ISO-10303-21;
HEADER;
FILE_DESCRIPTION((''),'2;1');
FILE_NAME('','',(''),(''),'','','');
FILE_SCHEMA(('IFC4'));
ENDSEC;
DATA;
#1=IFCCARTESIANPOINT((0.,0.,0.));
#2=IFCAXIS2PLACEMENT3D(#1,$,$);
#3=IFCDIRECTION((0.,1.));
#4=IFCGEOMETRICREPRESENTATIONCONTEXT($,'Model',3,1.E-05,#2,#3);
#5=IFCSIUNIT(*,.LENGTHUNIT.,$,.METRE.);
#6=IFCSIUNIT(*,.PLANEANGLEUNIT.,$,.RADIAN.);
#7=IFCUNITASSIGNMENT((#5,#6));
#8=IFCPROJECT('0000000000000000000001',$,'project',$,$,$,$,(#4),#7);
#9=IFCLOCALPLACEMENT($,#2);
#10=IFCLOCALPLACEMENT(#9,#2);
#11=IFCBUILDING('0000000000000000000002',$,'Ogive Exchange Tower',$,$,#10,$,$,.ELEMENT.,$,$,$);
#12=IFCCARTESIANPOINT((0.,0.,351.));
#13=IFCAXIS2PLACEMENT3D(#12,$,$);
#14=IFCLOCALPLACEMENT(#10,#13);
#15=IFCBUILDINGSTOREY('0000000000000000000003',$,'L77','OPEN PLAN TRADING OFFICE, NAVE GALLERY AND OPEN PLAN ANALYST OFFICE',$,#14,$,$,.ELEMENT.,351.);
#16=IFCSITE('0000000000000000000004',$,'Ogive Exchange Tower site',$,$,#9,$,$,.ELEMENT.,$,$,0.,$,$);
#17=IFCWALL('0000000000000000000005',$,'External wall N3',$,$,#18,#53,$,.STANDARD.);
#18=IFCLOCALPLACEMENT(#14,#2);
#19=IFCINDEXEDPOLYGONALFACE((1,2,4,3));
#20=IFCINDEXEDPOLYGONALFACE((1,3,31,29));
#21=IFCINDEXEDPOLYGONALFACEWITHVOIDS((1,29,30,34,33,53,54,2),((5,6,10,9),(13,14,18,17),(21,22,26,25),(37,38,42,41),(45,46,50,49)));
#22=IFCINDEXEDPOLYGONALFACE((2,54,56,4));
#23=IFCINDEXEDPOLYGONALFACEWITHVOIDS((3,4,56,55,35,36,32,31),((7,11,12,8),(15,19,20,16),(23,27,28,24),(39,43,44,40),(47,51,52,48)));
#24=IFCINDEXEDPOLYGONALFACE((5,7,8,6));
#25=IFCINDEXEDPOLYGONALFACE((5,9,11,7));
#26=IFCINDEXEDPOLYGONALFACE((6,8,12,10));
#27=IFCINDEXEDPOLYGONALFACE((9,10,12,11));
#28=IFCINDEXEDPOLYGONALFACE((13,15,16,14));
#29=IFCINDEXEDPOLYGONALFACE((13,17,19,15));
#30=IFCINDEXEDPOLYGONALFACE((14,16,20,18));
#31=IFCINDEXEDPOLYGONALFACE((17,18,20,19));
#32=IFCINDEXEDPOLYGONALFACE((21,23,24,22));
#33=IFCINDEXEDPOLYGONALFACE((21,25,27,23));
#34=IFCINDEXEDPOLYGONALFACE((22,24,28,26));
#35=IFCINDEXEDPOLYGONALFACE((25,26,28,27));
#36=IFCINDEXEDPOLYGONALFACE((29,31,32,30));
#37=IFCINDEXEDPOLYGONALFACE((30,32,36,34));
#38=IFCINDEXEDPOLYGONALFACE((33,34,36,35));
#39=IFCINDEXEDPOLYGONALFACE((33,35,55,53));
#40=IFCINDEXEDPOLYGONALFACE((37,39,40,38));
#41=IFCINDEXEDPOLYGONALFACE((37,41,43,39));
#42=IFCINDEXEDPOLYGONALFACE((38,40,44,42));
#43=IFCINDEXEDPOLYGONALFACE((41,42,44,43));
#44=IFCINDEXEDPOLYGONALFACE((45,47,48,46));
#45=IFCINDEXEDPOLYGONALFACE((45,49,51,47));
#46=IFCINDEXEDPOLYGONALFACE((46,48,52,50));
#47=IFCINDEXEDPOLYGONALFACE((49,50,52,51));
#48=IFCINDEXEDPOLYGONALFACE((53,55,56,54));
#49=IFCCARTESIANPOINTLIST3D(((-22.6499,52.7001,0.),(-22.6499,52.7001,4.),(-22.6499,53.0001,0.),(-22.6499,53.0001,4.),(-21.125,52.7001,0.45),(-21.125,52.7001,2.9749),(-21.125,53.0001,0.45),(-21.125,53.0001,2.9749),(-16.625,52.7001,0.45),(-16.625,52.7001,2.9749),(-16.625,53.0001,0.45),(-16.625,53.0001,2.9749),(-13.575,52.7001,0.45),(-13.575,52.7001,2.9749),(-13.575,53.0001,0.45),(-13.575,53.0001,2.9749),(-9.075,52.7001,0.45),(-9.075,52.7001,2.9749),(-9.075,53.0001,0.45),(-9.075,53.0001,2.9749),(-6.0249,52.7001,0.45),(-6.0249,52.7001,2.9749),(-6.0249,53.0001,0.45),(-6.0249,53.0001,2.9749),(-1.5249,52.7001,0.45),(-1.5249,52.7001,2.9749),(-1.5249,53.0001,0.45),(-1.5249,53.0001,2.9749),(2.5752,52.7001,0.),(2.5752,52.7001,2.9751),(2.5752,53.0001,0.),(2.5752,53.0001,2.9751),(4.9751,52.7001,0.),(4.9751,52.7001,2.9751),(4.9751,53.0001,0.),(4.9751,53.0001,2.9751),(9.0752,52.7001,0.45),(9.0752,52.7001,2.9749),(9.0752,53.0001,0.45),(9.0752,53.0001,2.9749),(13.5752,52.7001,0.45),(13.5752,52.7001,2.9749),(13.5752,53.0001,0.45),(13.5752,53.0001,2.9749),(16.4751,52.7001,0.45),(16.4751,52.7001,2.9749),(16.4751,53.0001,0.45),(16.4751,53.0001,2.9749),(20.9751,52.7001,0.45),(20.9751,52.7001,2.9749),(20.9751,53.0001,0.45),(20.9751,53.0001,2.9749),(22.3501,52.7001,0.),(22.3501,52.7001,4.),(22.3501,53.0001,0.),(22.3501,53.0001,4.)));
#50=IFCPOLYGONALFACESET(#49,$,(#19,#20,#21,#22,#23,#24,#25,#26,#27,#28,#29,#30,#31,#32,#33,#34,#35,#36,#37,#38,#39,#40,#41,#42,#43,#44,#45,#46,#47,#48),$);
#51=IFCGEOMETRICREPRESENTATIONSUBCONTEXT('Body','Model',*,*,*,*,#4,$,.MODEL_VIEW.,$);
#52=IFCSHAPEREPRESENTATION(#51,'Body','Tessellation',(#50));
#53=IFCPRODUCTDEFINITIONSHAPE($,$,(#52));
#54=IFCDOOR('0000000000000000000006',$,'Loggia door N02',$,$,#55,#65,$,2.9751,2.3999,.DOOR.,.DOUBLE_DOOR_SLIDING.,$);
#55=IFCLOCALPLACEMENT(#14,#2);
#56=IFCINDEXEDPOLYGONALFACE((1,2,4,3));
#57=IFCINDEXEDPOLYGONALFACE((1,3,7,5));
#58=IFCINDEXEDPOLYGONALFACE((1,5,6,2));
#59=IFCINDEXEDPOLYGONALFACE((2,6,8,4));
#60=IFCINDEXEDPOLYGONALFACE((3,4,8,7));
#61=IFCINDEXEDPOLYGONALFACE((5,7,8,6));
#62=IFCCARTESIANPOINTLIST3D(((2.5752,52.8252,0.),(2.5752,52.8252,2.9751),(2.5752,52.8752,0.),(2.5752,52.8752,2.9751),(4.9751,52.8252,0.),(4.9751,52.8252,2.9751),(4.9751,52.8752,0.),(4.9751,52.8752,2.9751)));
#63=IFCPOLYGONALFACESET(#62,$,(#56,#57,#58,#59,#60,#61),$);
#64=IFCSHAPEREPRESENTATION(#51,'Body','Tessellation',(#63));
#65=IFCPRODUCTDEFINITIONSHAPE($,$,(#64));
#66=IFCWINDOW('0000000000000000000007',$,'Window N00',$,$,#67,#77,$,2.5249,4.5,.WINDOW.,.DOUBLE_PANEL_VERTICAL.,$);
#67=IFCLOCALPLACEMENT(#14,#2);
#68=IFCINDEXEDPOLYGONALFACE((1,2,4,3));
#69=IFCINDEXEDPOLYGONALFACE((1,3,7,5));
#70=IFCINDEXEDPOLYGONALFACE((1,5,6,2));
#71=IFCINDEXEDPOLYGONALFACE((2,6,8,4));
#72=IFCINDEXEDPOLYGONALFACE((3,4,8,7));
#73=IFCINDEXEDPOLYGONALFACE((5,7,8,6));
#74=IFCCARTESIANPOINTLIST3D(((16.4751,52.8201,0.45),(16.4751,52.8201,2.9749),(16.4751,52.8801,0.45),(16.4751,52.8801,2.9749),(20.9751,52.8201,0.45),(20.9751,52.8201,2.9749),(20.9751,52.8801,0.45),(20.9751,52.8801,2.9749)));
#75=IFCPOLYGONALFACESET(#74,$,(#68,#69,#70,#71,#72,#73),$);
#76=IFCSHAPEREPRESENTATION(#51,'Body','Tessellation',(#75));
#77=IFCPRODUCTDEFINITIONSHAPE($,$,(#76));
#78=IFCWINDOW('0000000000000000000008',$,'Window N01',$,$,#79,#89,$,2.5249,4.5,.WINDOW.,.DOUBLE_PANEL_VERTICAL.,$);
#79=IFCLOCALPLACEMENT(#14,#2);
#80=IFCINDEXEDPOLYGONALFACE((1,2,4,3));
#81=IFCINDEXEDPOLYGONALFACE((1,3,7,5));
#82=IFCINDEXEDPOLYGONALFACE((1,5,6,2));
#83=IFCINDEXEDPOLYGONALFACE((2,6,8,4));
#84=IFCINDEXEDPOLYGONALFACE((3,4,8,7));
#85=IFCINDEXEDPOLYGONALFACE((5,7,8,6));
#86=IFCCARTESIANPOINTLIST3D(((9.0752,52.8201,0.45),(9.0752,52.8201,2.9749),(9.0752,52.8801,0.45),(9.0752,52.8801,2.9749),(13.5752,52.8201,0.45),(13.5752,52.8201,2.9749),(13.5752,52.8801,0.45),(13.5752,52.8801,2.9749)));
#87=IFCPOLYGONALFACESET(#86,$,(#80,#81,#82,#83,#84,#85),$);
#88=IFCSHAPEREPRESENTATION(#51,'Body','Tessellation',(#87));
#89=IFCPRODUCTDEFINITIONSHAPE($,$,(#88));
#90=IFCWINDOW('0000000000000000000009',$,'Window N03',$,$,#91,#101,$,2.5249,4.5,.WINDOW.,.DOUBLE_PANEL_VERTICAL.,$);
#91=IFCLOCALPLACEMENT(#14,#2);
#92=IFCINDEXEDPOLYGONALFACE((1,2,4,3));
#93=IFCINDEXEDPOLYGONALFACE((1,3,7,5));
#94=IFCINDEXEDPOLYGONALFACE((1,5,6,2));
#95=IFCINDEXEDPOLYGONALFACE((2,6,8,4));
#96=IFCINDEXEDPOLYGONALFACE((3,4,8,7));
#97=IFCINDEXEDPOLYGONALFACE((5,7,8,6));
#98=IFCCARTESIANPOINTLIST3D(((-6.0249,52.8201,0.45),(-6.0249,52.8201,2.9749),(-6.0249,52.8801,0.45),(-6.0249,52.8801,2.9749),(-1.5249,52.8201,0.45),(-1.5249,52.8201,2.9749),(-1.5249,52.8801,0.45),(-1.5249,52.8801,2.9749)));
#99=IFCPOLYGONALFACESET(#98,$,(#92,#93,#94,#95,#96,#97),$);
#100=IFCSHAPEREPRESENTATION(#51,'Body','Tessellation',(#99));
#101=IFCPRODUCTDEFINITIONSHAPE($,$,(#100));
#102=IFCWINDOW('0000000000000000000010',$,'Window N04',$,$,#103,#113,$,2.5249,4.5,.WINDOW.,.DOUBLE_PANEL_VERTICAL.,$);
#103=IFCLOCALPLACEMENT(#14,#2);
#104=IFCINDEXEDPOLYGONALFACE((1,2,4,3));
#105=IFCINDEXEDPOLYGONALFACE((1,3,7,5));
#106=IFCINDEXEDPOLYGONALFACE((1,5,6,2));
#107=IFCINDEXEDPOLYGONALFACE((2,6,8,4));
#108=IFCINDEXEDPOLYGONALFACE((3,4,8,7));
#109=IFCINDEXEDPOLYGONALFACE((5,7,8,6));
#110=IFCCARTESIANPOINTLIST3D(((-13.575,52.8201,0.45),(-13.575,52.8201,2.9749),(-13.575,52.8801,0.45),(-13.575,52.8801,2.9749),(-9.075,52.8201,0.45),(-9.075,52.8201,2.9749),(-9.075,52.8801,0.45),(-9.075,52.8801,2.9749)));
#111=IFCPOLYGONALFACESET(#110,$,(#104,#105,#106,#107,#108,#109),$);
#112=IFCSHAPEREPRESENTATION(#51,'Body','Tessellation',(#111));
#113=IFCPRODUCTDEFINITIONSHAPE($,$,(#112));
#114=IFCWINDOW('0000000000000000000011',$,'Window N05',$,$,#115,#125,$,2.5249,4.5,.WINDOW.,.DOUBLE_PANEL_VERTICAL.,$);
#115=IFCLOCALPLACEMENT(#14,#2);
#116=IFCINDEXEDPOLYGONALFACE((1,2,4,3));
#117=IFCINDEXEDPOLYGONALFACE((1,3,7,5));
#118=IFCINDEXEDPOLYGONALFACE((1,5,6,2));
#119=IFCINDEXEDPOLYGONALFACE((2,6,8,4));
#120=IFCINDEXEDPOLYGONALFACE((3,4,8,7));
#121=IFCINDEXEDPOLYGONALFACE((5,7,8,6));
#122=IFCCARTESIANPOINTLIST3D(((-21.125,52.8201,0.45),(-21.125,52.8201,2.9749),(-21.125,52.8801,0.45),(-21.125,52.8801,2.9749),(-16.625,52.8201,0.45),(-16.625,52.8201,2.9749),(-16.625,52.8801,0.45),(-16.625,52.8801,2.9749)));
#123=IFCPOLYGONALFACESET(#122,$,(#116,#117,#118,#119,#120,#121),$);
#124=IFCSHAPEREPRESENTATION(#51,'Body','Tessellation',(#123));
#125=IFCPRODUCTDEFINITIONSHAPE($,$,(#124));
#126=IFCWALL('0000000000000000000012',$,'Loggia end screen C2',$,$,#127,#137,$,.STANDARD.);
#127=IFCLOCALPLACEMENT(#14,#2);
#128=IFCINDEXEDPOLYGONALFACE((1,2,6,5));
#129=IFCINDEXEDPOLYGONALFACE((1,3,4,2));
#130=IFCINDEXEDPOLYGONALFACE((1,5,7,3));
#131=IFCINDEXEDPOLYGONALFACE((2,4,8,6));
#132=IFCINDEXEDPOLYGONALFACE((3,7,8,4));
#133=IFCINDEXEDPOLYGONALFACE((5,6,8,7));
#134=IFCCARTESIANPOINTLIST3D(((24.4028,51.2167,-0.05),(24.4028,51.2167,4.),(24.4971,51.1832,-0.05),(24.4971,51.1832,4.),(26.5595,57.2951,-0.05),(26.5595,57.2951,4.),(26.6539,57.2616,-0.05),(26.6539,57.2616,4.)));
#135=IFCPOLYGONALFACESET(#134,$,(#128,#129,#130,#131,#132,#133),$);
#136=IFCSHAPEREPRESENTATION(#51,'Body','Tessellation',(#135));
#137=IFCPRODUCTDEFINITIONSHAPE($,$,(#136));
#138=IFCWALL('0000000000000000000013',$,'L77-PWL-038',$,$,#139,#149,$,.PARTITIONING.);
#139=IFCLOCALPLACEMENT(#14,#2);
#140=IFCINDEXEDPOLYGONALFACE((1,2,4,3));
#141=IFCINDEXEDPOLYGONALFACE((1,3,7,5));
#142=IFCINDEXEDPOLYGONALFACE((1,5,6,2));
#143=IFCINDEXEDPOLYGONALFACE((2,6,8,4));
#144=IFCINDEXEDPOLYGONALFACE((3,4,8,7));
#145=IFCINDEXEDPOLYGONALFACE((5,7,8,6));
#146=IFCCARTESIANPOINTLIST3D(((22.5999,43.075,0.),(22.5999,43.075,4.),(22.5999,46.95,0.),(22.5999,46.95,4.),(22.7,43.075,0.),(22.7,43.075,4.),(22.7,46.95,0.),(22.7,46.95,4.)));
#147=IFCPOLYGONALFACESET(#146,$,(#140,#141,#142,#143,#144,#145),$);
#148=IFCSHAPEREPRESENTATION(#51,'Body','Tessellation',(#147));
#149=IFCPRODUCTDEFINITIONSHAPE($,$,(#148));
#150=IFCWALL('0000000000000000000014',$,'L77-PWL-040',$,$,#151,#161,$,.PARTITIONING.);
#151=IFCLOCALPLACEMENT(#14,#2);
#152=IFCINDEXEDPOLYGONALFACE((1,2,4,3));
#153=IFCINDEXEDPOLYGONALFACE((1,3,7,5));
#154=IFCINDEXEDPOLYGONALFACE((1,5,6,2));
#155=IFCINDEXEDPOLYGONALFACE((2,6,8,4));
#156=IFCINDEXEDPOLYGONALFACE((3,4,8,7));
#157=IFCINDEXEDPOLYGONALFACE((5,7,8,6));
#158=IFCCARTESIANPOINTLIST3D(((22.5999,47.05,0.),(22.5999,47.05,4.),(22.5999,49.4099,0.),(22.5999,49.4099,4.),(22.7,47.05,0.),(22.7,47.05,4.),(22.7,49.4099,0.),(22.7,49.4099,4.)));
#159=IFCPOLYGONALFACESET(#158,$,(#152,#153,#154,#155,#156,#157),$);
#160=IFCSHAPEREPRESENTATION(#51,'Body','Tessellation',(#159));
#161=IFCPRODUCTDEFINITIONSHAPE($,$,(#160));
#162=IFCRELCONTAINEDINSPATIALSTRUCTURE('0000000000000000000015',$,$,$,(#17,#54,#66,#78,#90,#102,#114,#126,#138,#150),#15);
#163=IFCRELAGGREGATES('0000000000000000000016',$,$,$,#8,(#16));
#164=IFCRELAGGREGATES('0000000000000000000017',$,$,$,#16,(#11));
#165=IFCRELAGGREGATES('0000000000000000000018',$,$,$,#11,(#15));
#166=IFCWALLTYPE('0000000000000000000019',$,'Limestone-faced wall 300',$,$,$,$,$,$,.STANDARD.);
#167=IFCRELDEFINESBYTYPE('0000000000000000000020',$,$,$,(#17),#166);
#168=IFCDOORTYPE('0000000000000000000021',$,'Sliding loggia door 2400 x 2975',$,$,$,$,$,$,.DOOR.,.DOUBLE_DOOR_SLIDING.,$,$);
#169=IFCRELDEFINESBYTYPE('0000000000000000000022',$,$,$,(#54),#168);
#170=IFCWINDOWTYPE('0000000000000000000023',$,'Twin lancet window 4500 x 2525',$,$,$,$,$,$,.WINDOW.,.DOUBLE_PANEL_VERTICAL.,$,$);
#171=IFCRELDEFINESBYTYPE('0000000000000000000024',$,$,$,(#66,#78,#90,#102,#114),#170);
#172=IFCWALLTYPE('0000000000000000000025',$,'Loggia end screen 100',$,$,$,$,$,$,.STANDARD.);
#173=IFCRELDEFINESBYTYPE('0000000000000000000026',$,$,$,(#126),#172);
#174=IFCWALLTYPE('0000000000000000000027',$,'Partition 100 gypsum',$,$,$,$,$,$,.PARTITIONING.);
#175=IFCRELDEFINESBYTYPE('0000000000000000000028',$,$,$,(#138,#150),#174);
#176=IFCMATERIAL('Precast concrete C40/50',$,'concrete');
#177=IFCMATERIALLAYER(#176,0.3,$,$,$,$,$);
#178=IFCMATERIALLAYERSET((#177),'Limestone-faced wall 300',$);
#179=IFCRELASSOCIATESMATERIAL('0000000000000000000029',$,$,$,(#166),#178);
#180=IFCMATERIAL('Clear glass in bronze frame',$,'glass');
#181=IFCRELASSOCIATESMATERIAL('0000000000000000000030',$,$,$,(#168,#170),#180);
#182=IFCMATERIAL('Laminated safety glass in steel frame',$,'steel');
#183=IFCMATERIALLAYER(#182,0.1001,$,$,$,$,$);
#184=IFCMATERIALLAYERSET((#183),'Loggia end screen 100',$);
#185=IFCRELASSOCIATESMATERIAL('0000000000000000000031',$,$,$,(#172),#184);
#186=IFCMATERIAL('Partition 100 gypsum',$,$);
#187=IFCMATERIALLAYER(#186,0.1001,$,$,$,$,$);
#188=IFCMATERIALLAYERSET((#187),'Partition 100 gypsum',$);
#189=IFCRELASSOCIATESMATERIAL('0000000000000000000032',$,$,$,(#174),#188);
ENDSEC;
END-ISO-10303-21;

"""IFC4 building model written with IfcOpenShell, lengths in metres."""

from ifc_helpers import new_model, si_unit, direction, frame, frame_2d, origin, place, context, subcontext, project, spatial, rectangle, extrude, material, layer, layer_set, type_object, element, fill, save


model = new_model("IFC4")

# Units and contexts
model_context = context("Model", 3, precision=1e-05, world=origin(), true_north=direction((0.0, 1.0)))
body_context = subcontext(model_context, "Body", "Model", "MODEL_VIEW")
ifc_project = project(units=[si_unit("LENGTHUNIT", "METRE"), si_unit("PLANEANGLEUNIT", "RADIAN")], contexts=[model_context])

# Site, building, storey
site_placement = place(None, origin())
site = spatial("IfcSite", under=ifc_project, at=site_placement, Name="Ogive Exchange Tower site", CompositionType="ELEMENT", RefElevation=0.0)
building_placement = place(site_placement, origin())
building = spatial("IfcBuilding", under=site, at=building_placement, Name="Ogive Exchange Tower", CompositionType="ELEMENT")
storey_placement = place(building_placement, frame((0.0, 0.0, 351.0)))
storey = spatial("IfcBuildingStorey", under=building, at=storey_placement, Name="L77", Description="OPEN PLAN TRADING OFFICE, NAVE GALLERY AND OPEN PLAN ANALYST OFFICE", CompositionType="ELEMENT", Elevation=351.0)

# Wall, openings, door, windows
ifc_material_1 = material(Name="Precast concrete C40/50", Category="concrete")
ifc_layer_1 = layer(ifc_material_1, 0.3)
ifc_layer_set_1 = layer_set([ifc_layer_1], Name="Limestone-faced wall 300")
wall_type_1 = type_object("IfcWallType", Name="Limestone-faced wall 300", PredefinedType="STANDARD", material=ifc_layer_set_1)
wall_1_placement = place(storey_placement, frame((22.3501, 52.8501, 0.0), z_axis=(0.0, 0.0, 1.0), x_axis=(-1.0, 0.0, 0.0)))
wall_1 = element("IfcWall", 1, at=wall_1_placement, inside=storey, type_object=wall_type_1, Name="External wall N3", PredefinedType="STANDARD", context=body_context, shape_type="SweptSolid", body=[
    extrude(rectangle(XDim=45.0, YDim=0.3, at=frame_2d((22.5, 0.0))), origin(), (0.0, 0.0, 1.0), 4.0),
])
opening_1_placement = place(wall_1_placement, frame((1.375, 0.0, 0.45)))
opening_1 = element("IfcOpeningElement", 2, at=opening_1_placement, cuts=wall_1, PredefinedType="OPENING", context=body_context, shape_type="SweptSolid", body=[
    extrude(rectangle(XDim=4.5, YDim=2.5249, at=frame_2d((2.25, 1.2625))), frame((0.0, 0.1599, 0.0), z_axis=(0.0, -1.0, 0.0), x_axis=(1.0, 0.0, 0.0)), (0.0, 0.0, 1.0), 0.3201),
])
opening_2_placement = place(wall_1_placement, frame((8.7749, 0.0, 0.45)))
opening_2 = element("IfcOpeningElement", 3, at=opening_2_placement, cuts=wall_1, PredefinedType="OPENING", context=body_context, shape_type="SweptSolid", body=[
    extrude(rectangle(XDim=4.5, YDim=2.5249, at=frame_2d((2.25, 1.2625))), frame((0.0, 0.1599, 0.0), z_axis=(0.0, -1.0, 0.0), x_axis=(1.0, 0.0, 0.0)), (0.0, 0.0, 1.0), 0.3201),
])
opening_3_placement = place(wall_1_placement, frame((17.375, 0.0, 0.0)))
opening_3 = element("IfcOpeningElement", 4, at=opening_3_placement, cuts=wall_1, PredefinedType="OPENING", context=body_context, shape_type="SweptSolid", body=[
    extrude(rectangle(XDim=2.3999, YDim=2.9751, at=frame_2d((1.2, 1.4875))), frame((0.0, 0.1599, 0.0), z_axis=(0.0, -1.0, 0.0), x_axis=(1.0, 0.0, 0.0)), (0.0, 0.0, 1.0), 0.3201),
])
opening_4_placement = place(wall_1_placement, frame((23.875, 0.0, 0.45)))
opening_4 = element("IfcOpeningElement", 5, at=opening_4_placement, cuts=wall_1, PredefinedType="OPENING", context=body_context, shape_type="SweptSolid", body=[
    extrude(rectangle(XDim=4.5, YDim=2.5249, at=frame_2d((2.25, 1.2625))), frame((0.0, 0.1599, 0.0), z_axis=(0.0, -1.0, 0.0), x_axis=(1.0, 0.0, 0.0)), (0.0, 0.0, 1.0), 0.3201),
])
opening_5_placement = place(wall_1_placement, frame((31.425, 0.0, 0.45)))
opening_5 = element("IfcOpeningElement", 6, at=opening_5_placement, cuts=wall_1, PredefinedType="OPENING", context=body_context, shape_type="SweptSolid", body=[
    extrude(rectangle(XDim=4.5, YDim=2.5249, at=frame_2d((2.25, 1.2625))), frame((0.0, 0.1599, 0.0), z_axis=(0.0, -1.0, 0.0), x_axis=(1.0, 0.0, 0.0)), (0.0, 0.0, 1.0), 0.3201),
])
opening_6_placement = place(wall_1_placement, frame((38.9751, 0.0, 0.45)))
opening_6 = element("IfcOpeningElement", 7, at=opening_6_placement, cuts=wall_1, PredefinedType="OPENING", context=body_context, shape_type="SweptSolid", body=[
    extrude(rectangle(XDim=4.5, YDim=2.5249, at=frame_2d((2.25, 1.2625))), frame((0.0, 0.1599, 0.0), z_axis=(0.0, -1.0, 0.0), x_axis=(1.0, 0.0, 0.0)), (0.0, 0.0, 1.0), 0.3201),
])
ifc_material_2 = material(Name="Clear glass in bronze frame", Category="glass")
door_type_1 = type_object("IfcDoorType", Name="Sliding loggia door 2400 x 2975", OperationType="DOUBLE_DOOR_SLIDING", PredefinedType="DOOR", material=ifc_material_2)
door_1_placement = place(opening_3_placement, origin())
door_1 = element("IfcDoor", 8, at=door_1_placement, inside=storey, type_object=door_type_1, Name="Loggia door N02", OperationType="DOUBLE_DOOR_SLIDING", OverallHeight=2.9751, OverallWidth=2.3999, PredefinedType="DOOR", context=body_context, shape_type="SweptSolid", body=[
    extrude(rectangle(XDim=2.3999, YDim=2.9751, at=frame_2d((1.2, 1.4875))), frame((0.0, 0.0249, 0.0), z_axis=(0.0, -1.0, 0.0), x_axis=(1.0, 0.0, 0.0)), (0.0, 0.0, 1.0), 0.05),
])
fill(opening_3, door_1)
window_type = type_object("IfcWindowType", Name="Twin lancet window 4500 x 2525", PartitioningType="DOUBLE_PANEL_VERTICAL", PredefinedType="WINDOW", material=ifc_material_2)
window_1_placement = place(opening_1_placement, origin())
window_1 = element("IfcWindow", 9, at=window_1_placement, inside=storey, type_object=window_type, Name="Window N00", OverallHeight=2.5249, OverallWidth=4.5, PartitioningType="DOUBLE_PANEL_VERTICAL", PredefinedType="WINDOW", context=body_context, shape_type="SweptSolid", body=[
    extrude(rectangle(XDim=4.5, YDim=2.5249, at=frame_2d((2.25, 1.2625))), frame((0.0, 0.03, 0.0), z_axis=(0.0, -1.0, 0.0), x_axis=(1.0, 0.0, 0.0)), (0.0, 0.0, 1.0), 0.0601),
])
fill(opening_1, window_1)
window_2_placement = place(opening_2_placement, origin())
window_2 = element("IfcWindow", 10, at=window_2_placement, inside=storey, type_object=window_type, Name="Window N01", OverallHeight=2.5249, OverallWidth=4.5, PartitioningType="DOUBLE_PANEL_VERTICAL", PredefinedType="WINDOW", context=body_context, shape_type="SweptSolid", body=[
    extrude(rectangle(XDim=4.5, YDim=2.5249, at=frame_2d((2.25, 1.2625))), frame((0.0, 0.03, 0.0), z_axis=(0.0, -1.0, 0.0), x_axis=(1.0, 0.0, 0.0)), (0.0, 0.0, 1.0), 0.0601),
])
fill(opening_2, window_2)
window_3_placement = place(opening_4_placement, origin())
window_3 = element("IfcWindow", 11, at=window_3_placement, inside=storey, type_object=window_type, Name="Window N03", OverallHeight=2.5249, OverallWidth=4.5, PartitioningType="DOUBLE_PANEL_VERTICAL", PredefinedType="WINDOW", context=body_context, shape_type="SweptSolid", body=[
    extrude(rectangle(XDim=4.5, YDim=2.5249, at=frame_2d((2.25, 1.2625))), frame((0.0, 0.03, 0.0), z_axis=(0.0, -1.0, 0.0), x_axis=(1.0, 0.0, 0.0)), (0.0, 0.0, 1.0), 0.0601),
])
fill(opening_4, window_3)
window_4_placement = place(opening_5_placement, origin())
window_4 = element("IfcWindow", 12, at=window_4_placement, inside=storey, type_object=window_type, Name="Window N04", OverallHeight=2.5249, OverallWidth=4.5, PartitioningType="DOUBLE_PANEL_VERTICAL", PredefinedType="WINDOW", context=body_context, shape_type="SweptSolid", body=[
    extrude(rectangle(XDim=4.5, YDim=2.5249, at=frame_2d((2.25, 1.2625))), frame((0.0, 0.03, 0.0), z_axis=(0.0, -1.0, 0.0), x_axis=(1.0, 0.0, 0.0)), (0.0, 0.0, 1.0), 0.0601),
])
fill(opening_5, window_4)
window_5_placement = place(opening_6_placement, origin())
window_5 = element("IfcWindow", 13, at=window_5_placement, inside=storey, type_object=window_type, Name="Window N05", OverallHeight=2.5249, OverallWidth=4.5, PartitioningType="DOUBLE_PANEL_VERTICAL", PredefinedType="WINDOW", context=body_context, shape_type="SweptSolid", body=[
    extrude(rectangle(XDim=4.5, YDim=2.5249, at=frame_2d((2.25, 1.2625))), frame((0.0, 0.03, 0.0), z_axis=(0.0, -1.0, 0.0), x_axis=(1.0, 0.0, 0.0)), (0.0, 0.0, 1.0), 0.0601),
])
fill(opening_6, window_5)

# Walls
ifc_material_3 = material(Name="Laminated safety glass in steel frame", Category="steel")
ifc_layer_2 = layer(ifc_material_3, 0.1001)
ifc_layer_set_2 = layer_set([ifc_layer_2], Name="Loggia end screen 100")
wall_type_2 = type_object("IfcWallType", Name="Loggia end screen 100", PredefinedType="STANDARD", material=ifc_layer_set_2)
wall_2_placement = place(storey_placement, frame((24.45, 51.2, -0.05), z_axis=(0.0, 0.0, 1.0), x_axis=(0.334396, 0.942433, 0.0)))
element("IfcWall", 14, at=wall_2_placement, inside=storey, type_object=wall_type_2, Name="Loggia end screen C2", PredefinedType="STANDARD", context=body_context, shape_type="SweptSolid", body=[
    extrude(rectangle(XDim=6.4497, YDim=0.1001, at=frame_2d((3.2249, 0.0))), origin(), (0.0, 0.0, 1.0), 4.05),
])
ifc_material_4 = material(Name="Partition 100 gypsum")
ifc_layer_3 = layer(ifc_material_4, 0.1001)
ifc_layer_set_3 = layer_set([ifc_layer_3], Name="Partition 100 gypsum")
wall_type_3 = type_object("IfcWallType", Name="Partition 100 gypsum", PredefinedType="PARTITIONING", material=ifc_layer_set_3)
wall_3_placement = place(storey_placement, frame((22.6499, 43.075, 0.0), z_axis=(0.0, 0.0, 1.0), x_axis=(0.0, 1.0, 0.0)))
element("IfcWall", 15, at=wall_3_placement, inside=storey, type_object=wall_type_3, Name="L77-PWL-038", PredefinedType="PARTITIONING", context=body_context, shape_type="SweptSolid", body=[
    extrude(rectangle(XDim=3.875, YDim=0.1001, at=frame_2d((1.9375, 0.0))), origin(), (0.0, 0.0, 1.0), 4.0),
])
wall_4_placement = place(storey_placement, frame((22.6499, 47.05, 0.0), z_axis=(0.0, 0.0, 1.0), x_axis=(0.0, 1.0, 0.0)))
element("IfcWall", 16, at=wall_4_placement, inside=storey, type_object=wall_type_3, Name="L77-PWL-040", PredefinedType="PARTITIONING", context=body_context, shape_type="SweptSolid", body=[
    extrude(rectangle(XDim=2.3599, YDim=0.1001, at=frame_2d((1.1799, 0.0))), origin(), (0.0, 0.0, 1.0), 4.0),
])

save(model, "model.ifc")
